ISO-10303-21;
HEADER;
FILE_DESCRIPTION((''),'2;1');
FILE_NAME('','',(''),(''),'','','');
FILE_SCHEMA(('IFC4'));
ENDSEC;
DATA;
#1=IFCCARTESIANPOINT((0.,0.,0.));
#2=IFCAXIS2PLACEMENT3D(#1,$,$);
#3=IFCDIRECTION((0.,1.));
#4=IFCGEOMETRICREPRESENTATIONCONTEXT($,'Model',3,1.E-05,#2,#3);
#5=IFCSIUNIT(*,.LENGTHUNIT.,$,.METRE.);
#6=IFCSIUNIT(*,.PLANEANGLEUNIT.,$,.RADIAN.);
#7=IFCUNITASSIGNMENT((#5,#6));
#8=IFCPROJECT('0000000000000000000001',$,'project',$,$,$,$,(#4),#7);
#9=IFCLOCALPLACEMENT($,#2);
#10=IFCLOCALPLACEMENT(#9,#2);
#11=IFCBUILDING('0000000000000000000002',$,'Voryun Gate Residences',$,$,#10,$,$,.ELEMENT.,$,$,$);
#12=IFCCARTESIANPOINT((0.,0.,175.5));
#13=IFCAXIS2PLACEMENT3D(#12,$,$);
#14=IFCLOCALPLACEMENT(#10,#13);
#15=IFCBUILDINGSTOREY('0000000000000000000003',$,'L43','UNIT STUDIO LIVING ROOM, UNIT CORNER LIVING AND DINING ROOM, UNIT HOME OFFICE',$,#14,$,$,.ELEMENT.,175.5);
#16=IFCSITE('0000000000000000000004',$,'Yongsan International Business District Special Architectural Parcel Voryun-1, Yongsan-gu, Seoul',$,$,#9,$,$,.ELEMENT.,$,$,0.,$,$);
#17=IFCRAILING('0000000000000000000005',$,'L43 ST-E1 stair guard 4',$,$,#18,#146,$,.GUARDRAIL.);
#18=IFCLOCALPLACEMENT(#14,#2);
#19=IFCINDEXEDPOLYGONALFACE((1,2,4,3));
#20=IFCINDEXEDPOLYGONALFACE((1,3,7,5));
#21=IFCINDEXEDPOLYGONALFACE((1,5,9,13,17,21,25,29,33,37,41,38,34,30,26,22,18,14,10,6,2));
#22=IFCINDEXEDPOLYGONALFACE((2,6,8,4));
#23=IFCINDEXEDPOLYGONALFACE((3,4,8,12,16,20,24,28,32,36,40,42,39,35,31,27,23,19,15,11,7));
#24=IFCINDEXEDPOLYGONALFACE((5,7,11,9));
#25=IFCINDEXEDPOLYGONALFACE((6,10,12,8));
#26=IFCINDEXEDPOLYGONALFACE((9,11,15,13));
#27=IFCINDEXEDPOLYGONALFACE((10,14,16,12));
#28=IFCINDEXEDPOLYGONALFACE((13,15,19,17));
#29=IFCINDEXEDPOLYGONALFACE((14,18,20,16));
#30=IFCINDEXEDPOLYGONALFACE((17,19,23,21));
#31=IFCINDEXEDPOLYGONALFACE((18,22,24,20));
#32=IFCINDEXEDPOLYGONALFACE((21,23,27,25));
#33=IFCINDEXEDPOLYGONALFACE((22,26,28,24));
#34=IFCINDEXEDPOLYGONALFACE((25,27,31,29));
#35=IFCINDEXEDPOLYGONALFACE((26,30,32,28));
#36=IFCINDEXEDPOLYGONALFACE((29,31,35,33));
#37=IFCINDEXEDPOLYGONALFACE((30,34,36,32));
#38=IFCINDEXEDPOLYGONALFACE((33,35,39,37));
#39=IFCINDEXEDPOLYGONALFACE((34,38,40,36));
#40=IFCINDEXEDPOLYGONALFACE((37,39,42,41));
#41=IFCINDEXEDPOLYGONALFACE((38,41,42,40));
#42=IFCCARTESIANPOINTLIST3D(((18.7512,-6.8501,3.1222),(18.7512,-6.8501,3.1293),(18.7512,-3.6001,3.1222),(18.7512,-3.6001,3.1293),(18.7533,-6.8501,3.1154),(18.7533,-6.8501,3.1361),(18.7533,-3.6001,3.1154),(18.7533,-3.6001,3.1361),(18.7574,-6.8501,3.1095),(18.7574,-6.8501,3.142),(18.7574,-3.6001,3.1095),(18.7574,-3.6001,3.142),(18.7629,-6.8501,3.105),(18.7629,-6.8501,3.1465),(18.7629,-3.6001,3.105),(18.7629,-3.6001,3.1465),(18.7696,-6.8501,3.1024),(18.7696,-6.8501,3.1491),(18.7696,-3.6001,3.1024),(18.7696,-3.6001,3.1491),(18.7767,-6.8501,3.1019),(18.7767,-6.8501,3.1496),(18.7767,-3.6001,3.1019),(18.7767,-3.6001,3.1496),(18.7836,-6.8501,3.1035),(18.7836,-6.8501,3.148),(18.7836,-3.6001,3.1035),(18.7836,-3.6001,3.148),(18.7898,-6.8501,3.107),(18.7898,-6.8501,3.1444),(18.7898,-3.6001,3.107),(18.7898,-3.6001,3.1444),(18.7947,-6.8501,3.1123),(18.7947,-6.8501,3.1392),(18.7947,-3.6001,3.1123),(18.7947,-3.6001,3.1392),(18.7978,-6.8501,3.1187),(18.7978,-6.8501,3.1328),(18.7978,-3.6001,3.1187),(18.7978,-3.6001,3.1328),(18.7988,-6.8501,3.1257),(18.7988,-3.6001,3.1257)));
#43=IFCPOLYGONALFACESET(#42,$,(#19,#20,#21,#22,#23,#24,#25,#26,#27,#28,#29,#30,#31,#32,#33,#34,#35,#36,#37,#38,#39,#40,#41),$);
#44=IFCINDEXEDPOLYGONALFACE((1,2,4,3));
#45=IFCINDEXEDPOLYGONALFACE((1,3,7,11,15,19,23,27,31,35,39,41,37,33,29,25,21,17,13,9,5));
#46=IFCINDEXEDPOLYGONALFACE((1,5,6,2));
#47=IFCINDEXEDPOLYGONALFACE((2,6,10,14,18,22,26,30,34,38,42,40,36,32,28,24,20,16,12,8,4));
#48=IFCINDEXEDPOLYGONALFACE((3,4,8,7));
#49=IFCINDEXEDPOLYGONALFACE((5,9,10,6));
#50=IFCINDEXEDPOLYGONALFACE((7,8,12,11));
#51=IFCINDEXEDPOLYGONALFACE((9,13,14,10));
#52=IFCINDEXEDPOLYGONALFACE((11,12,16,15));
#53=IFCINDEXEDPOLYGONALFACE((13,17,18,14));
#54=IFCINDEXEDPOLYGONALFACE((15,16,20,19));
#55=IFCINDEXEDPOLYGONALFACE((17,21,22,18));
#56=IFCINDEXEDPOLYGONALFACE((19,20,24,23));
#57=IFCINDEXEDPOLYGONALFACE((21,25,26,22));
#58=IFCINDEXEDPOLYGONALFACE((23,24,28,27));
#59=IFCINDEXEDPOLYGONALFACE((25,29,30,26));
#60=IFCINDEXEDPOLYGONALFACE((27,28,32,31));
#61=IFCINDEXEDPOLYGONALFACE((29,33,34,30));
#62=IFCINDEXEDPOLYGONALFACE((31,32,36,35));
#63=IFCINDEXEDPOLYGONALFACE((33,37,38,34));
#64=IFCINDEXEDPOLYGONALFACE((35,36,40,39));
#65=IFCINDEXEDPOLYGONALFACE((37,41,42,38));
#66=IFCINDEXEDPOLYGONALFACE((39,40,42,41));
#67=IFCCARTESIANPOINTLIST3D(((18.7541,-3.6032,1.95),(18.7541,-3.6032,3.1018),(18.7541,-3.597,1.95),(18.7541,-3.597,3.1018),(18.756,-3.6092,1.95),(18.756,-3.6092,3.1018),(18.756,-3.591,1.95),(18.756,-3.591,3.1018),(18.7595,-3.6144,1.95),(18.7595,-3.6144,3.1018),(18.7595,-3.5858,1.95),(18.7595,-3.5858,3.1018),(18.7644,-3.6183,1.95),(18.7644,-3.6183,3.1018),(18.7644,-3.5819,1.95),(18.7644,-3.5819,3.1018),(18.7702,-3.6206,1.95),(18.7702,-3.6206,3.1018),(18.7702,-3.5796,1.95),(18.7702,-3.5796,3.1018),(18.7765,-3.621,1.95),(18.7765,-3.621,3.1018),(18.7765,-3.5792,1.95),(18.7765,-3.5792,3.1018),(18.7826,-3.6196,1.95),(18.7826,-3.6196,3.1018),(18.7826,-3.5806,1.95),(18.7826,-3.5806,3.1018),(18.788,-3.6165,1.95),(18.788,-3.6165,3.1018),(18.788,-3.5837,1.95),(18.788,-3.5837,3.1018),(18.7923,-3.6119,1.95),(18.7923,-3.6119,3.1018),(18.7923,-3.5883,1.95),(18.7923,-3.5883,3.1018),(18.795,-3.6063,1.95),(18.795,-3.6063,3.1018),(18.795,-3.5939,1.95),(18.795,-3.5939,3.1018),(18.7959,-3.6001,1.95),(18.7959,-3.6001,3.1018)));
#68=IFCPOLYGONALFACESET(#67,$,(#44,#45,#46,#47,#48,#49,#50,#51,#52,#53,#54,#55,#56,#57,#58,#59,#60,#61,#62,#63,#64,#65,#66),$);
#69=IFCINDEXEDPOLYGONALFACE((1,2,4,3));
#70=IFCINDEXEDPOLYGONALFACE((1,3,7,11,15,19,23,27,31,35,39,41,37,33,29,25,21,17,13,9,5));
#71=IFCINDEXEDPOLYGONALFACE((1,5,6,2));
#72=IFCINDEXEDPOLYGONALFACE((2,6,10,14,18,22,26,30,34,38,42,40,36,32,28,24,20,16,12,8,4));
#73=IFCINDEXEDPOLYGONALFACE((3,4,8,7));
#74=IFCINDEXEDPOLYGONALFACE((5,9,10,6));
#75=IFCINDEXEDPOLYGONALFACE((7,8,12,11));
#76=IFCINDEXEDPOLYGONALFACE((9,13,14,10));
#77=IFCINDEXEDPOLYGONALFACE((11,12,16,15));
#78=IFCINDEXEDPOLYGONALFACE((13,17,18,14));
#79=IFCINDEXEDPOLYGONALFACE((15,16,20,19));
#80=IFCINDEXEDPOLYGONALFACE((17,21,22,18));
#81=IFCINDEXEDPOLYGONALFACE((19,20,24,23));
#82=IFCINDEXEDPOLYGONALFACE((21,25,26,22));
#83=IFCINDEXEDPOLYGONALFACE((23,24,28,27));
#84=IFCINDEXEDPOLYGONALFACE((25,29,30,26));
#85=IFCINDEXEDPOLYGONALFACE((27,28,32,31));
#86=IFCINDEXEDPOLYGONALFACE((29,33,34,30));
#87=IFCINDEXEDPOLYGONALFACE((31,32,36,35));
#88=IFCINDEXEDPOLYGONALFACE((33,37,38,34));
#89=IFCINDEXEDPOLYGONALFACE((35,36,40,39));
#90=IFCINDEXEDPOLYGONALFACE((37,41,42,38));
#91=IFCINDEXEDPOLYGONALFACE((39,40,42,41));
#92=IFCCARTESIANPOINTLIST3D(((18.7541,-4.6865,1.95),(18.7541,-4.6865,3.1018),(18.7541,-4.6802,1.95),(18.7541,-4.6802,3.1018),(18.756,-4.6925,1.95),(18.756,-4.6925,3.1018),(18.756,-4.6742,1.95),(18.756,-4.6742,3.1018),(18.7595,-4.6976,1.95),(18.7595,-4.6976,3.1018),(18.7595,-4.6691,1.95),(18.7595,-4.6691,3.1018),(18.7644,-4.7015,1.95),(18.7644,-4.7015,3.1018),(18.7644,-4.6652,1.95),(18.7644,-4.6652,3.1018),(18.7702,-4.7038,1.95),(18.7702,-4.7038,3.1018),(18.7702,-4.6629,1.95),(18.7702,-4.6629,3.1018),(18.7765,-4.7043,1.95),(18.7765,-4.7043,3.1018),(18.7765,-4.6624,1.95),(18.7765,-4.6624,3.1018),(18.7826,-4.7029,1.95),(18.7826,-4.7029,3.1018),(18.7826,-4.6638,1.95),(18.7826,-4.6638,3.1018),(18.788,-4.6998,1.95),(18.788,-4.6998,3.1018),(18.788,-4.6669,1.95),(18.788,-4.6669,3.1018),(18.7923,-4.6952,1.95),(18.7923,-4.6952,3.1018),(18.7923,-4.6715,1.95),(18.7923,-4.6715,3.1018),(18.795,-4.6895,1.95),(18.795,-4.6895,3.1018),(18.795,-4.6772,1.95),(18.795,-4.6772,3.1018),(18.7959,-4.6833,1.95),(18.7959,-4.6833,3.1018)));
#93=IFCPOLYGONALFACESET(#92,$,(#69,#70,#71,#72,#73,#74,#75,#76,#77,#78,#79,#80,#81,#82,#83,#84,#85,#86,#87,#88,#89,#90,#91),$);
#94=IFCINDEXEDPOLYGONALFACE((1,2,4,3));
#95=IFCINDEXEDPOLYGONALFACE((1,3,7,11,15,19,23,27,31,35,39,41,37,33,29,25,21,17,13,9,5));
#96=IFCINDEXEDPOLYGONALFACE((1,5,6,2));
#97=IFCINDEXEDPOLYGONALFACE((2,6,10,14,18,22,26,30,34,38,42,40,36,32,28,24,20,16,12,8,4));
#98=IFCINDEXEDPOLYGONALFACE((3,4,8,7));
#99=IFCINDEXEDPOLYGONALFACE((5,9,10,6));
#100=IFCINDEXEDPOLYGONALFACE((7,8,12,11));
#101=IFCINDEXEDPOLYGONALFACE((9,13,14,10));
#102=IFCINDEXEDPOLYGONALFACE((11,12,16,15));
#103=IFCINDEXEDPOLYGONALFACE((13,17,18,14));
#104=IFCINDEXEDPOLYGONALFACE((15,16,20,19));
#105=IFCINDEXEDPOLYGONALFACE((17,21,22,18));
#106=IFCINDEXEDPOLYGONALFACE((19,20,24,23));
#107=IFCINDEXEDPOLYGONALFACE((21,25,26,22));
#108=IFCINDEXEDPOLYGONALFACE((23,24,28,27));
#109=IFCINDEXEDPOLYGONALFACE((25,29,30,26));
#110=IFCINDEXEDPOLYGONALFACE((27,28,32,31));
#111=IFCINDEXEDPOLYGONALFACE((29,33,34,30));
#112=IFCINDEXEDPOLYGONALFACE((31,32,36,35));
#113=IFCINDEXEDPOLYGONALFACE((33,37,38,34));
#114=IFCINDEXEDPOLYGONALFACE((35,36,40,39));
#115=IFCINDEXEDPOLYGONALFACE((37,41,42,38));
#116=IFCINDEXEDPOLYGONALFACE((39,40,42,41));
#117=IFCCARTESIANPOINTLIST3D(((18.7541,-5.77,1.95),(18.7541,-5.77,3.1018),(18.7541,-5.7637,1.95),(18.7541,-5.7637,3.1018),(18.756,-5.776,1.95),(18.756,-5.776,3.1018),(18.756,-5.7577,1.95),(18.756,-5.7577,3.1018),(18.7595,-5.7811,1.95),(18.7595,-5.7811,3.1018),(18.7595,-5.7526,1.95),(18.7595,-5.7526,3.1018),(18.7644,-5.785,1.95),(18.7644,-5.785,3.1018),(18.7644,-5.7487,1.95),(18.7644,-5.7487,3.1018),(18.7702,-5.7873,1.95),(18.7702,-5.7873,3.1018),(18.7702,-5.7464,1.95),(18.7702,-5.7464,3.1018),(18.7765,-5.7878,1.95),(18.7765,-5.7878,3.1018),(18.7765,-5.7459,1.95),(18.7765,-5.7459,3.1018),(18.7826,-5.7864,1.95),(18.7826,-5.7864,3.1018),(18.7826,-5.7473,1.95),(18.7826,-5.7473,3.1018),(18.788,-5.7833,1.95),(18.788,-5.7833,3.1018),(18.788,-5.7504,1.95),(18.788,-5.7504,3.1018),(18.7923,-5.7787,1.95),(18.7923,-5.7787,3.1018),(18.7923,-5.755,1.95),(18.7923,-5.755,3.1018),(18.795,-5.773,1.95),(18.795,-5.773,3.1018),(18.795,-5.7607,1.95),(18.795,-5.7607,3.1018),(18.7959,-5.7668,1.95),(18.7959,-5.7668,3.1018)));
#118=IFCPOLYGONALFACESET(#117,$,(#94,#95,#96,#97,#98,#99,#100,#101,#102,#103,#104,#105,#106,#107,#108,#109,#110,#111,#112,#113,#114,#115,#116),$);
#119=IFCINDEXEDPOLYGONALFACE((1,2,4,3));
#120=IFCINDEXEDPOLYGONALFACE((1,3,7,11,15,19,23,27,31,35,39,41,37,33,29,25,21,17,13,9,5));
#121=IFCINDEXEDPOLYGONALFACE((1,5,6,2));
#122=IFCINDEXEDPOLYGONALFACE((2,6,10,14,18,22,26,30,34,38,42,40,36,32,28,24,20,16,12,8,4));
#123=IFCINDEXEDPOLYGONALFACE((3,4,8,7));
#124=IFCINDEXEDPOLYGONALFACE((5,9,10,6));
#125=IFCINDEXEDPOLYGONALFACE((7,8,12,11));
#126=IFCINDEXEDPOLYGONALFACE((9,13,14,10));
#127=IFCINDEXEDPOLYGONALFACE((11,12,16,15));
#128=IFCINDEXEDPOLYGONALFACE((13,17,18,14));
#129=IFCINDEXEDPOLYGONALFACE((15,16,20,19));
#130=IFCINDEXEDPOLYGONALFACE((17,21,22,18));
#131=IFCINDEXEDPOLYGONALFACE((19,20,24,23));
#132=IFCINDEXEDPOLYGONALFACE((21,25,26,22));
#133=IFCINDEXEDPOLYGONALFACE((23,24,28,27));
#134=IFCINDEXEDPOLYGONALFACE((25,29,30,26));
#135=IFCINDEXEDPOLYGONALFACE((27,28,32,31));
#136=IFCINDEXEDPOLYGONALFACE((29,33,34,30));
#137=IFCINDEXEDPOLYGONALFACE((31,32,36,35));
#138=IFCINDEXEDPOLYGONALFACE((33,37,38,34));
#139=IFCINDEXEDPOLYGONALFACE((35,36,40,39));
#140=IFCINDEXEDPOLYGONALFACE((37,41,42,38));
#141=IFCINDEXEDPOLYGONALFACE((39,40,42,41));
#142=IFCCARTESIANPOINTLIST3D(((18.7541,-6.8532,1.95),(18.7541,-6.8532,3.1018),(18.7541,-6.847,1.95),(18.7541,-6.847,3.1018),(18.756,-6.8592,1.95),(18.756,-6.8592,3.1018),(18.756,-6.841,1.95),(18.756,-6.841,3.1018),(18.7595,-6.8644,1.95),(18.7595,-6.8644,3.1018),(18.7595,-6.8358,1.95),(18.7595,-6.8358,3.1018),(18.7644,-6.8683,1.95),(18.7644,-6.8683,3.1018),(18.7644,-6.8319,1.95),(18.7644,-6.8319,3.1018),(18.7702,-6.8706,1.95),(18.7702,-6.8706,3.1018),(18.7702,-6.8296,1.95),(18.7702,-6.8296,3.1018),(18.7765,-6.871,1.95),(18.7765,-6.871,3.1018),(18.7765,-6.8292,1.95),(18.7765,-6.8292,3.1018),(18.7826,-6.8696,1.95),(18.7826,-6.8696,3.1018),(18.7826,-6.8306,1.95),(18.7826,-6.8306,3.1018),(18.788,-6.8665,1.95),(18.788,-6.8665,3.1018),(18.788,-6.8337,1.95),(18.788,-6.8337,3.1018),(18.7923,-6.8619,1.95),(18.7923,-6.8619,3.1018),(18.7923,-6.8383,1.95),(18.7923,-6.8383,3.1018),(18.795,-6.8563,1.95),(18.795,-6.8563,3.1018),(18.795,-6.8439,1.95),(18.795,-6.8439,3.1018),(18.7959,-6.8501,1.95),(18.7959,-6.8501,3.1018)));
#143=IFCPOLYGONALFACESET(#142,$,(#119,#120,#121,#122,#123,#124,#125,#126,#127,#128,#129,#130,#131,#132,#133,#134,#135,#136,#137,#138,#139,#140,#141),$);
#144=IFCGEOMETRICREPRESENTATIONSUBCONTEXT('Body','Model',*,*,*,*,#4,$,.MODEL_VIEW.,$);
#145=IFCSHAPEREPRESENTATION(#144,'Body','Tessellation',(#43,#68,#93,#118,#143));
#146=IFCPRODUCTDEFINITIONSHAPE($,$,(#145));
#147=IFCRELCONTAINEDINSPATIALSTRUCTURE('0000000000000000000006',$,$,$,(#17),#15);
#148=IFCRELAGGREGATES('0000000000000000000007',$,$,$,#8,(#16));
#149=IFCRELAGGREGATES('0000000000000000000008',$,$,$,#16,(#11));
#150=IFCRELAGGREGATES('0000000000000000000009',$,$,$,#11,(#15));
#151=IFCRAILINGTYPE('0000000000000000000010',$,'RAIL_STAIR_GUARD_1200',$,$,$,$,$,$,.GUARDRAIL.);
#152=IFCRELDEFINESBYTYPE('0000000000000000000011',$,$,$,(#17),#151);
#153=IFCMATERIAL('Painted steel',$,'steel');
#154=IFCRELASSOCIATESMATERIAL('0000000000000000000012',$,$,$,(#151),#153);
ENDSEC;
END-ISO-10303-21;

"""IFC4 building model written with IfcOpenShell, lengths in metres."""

from ifc_helpers import new_model, si_unit, direction, frame, origin, origin_2d, place, context, subcontext, project, spatial, circle, extrude, material, type_object, element, save


model = new_model("IFC4")

# Units and contexts
model_context = context("Model", 3, precision=1e-05, world=origin(), true_north=direction((0.0, 1.0)))
body_context = subcontext(model_context, "Body", "Model", "MODEL_VIEW")
ifc_project = project(units=[si_unit("LENGTHUNIT", "METRE"), si_unit("PLANEANGLEUNIT", "RADIAN")], contexts=[model_context])

# Site, building, storey
site_placement = place(None, origin())
site = spatial("IfcSite", under=ifc_project, at=site_placement, Name="Yongsan International Business District Special Architectural Parcel Voryun-1, Yongsan-gu, Seoul", CompositionType="ELEMENT", RefElevation=0.0)
building_placement = place(site_placement, origin())
building = spatial("IfcBuilding", under=site, at=building_placement, Name="Voryun Gate Residences", CompositionType="ELEMENT")
storey_placement = place(building_placement, frame((0.0, 0.0, 175.5)))
storey = spatial("IfcBuildingStorey", under=building, at=storey_placement, Name="L43", Description="UNIT STUDIO LIVING ROOM, UNIT CORNER LIVING AND DINING ROOM, UNIT HOME OFFICE", CompositionType="ELEMENT", Elevation=175.5)

# Railing
ifc_material_1 = material(Name="Painted steel", Category="steel")
railing_type_1 = type_object("IfcRailingType", Name="RAIL_STAIR_GUARD_1200", PredefinedType="GUARDRAIL", material=ifc_material_1)
for number, where, name in (
    (1, (18.7749, -3.6001, 1.95), "L43 ST-E1 stair guard 4"),
):
    element("IfcRailing", number, at=place(storey_placement, frame(where)), inside=storey, type_object=railing_type_1, Name=name, PredefinedType="GUARDRAIL", context=body_context, shape_type="SweptSolid", body=[
        extrude(circle(Radius=0.0239, at=origin_2d()), frame((0.0, 0.0, 1.1758), z_axis=(0.0, -1.0, 0.0), x_axis=(1.0, 0.0, 0.0)), (0.0, 0.0, 1.0), 3.25),
        extrude(circle(Radius=0.021, at=origin_2d()), origin(), (0.0, 0.0, 1.0), 1.1519),
        extrude(circle(Radius=0.021, at=origin_2d()), frame((0.0, -1.0833, 0.0)), (0.0, 0.0, 1.0), 1.1519),
        extrude(circle(Radius=0.021, at=origin_2d()), frame((0.0, -2.1667, 0.0)), (0.0, 0.0, 1.0), 1.1519),
        extrude(circle(Radius=0.021, at=origin_2d()), frame((0.0, -3.25, 0.0)), (0.0, 0.0, 1.0), 1.1519),
    ])

save(model, "model.ifc")
